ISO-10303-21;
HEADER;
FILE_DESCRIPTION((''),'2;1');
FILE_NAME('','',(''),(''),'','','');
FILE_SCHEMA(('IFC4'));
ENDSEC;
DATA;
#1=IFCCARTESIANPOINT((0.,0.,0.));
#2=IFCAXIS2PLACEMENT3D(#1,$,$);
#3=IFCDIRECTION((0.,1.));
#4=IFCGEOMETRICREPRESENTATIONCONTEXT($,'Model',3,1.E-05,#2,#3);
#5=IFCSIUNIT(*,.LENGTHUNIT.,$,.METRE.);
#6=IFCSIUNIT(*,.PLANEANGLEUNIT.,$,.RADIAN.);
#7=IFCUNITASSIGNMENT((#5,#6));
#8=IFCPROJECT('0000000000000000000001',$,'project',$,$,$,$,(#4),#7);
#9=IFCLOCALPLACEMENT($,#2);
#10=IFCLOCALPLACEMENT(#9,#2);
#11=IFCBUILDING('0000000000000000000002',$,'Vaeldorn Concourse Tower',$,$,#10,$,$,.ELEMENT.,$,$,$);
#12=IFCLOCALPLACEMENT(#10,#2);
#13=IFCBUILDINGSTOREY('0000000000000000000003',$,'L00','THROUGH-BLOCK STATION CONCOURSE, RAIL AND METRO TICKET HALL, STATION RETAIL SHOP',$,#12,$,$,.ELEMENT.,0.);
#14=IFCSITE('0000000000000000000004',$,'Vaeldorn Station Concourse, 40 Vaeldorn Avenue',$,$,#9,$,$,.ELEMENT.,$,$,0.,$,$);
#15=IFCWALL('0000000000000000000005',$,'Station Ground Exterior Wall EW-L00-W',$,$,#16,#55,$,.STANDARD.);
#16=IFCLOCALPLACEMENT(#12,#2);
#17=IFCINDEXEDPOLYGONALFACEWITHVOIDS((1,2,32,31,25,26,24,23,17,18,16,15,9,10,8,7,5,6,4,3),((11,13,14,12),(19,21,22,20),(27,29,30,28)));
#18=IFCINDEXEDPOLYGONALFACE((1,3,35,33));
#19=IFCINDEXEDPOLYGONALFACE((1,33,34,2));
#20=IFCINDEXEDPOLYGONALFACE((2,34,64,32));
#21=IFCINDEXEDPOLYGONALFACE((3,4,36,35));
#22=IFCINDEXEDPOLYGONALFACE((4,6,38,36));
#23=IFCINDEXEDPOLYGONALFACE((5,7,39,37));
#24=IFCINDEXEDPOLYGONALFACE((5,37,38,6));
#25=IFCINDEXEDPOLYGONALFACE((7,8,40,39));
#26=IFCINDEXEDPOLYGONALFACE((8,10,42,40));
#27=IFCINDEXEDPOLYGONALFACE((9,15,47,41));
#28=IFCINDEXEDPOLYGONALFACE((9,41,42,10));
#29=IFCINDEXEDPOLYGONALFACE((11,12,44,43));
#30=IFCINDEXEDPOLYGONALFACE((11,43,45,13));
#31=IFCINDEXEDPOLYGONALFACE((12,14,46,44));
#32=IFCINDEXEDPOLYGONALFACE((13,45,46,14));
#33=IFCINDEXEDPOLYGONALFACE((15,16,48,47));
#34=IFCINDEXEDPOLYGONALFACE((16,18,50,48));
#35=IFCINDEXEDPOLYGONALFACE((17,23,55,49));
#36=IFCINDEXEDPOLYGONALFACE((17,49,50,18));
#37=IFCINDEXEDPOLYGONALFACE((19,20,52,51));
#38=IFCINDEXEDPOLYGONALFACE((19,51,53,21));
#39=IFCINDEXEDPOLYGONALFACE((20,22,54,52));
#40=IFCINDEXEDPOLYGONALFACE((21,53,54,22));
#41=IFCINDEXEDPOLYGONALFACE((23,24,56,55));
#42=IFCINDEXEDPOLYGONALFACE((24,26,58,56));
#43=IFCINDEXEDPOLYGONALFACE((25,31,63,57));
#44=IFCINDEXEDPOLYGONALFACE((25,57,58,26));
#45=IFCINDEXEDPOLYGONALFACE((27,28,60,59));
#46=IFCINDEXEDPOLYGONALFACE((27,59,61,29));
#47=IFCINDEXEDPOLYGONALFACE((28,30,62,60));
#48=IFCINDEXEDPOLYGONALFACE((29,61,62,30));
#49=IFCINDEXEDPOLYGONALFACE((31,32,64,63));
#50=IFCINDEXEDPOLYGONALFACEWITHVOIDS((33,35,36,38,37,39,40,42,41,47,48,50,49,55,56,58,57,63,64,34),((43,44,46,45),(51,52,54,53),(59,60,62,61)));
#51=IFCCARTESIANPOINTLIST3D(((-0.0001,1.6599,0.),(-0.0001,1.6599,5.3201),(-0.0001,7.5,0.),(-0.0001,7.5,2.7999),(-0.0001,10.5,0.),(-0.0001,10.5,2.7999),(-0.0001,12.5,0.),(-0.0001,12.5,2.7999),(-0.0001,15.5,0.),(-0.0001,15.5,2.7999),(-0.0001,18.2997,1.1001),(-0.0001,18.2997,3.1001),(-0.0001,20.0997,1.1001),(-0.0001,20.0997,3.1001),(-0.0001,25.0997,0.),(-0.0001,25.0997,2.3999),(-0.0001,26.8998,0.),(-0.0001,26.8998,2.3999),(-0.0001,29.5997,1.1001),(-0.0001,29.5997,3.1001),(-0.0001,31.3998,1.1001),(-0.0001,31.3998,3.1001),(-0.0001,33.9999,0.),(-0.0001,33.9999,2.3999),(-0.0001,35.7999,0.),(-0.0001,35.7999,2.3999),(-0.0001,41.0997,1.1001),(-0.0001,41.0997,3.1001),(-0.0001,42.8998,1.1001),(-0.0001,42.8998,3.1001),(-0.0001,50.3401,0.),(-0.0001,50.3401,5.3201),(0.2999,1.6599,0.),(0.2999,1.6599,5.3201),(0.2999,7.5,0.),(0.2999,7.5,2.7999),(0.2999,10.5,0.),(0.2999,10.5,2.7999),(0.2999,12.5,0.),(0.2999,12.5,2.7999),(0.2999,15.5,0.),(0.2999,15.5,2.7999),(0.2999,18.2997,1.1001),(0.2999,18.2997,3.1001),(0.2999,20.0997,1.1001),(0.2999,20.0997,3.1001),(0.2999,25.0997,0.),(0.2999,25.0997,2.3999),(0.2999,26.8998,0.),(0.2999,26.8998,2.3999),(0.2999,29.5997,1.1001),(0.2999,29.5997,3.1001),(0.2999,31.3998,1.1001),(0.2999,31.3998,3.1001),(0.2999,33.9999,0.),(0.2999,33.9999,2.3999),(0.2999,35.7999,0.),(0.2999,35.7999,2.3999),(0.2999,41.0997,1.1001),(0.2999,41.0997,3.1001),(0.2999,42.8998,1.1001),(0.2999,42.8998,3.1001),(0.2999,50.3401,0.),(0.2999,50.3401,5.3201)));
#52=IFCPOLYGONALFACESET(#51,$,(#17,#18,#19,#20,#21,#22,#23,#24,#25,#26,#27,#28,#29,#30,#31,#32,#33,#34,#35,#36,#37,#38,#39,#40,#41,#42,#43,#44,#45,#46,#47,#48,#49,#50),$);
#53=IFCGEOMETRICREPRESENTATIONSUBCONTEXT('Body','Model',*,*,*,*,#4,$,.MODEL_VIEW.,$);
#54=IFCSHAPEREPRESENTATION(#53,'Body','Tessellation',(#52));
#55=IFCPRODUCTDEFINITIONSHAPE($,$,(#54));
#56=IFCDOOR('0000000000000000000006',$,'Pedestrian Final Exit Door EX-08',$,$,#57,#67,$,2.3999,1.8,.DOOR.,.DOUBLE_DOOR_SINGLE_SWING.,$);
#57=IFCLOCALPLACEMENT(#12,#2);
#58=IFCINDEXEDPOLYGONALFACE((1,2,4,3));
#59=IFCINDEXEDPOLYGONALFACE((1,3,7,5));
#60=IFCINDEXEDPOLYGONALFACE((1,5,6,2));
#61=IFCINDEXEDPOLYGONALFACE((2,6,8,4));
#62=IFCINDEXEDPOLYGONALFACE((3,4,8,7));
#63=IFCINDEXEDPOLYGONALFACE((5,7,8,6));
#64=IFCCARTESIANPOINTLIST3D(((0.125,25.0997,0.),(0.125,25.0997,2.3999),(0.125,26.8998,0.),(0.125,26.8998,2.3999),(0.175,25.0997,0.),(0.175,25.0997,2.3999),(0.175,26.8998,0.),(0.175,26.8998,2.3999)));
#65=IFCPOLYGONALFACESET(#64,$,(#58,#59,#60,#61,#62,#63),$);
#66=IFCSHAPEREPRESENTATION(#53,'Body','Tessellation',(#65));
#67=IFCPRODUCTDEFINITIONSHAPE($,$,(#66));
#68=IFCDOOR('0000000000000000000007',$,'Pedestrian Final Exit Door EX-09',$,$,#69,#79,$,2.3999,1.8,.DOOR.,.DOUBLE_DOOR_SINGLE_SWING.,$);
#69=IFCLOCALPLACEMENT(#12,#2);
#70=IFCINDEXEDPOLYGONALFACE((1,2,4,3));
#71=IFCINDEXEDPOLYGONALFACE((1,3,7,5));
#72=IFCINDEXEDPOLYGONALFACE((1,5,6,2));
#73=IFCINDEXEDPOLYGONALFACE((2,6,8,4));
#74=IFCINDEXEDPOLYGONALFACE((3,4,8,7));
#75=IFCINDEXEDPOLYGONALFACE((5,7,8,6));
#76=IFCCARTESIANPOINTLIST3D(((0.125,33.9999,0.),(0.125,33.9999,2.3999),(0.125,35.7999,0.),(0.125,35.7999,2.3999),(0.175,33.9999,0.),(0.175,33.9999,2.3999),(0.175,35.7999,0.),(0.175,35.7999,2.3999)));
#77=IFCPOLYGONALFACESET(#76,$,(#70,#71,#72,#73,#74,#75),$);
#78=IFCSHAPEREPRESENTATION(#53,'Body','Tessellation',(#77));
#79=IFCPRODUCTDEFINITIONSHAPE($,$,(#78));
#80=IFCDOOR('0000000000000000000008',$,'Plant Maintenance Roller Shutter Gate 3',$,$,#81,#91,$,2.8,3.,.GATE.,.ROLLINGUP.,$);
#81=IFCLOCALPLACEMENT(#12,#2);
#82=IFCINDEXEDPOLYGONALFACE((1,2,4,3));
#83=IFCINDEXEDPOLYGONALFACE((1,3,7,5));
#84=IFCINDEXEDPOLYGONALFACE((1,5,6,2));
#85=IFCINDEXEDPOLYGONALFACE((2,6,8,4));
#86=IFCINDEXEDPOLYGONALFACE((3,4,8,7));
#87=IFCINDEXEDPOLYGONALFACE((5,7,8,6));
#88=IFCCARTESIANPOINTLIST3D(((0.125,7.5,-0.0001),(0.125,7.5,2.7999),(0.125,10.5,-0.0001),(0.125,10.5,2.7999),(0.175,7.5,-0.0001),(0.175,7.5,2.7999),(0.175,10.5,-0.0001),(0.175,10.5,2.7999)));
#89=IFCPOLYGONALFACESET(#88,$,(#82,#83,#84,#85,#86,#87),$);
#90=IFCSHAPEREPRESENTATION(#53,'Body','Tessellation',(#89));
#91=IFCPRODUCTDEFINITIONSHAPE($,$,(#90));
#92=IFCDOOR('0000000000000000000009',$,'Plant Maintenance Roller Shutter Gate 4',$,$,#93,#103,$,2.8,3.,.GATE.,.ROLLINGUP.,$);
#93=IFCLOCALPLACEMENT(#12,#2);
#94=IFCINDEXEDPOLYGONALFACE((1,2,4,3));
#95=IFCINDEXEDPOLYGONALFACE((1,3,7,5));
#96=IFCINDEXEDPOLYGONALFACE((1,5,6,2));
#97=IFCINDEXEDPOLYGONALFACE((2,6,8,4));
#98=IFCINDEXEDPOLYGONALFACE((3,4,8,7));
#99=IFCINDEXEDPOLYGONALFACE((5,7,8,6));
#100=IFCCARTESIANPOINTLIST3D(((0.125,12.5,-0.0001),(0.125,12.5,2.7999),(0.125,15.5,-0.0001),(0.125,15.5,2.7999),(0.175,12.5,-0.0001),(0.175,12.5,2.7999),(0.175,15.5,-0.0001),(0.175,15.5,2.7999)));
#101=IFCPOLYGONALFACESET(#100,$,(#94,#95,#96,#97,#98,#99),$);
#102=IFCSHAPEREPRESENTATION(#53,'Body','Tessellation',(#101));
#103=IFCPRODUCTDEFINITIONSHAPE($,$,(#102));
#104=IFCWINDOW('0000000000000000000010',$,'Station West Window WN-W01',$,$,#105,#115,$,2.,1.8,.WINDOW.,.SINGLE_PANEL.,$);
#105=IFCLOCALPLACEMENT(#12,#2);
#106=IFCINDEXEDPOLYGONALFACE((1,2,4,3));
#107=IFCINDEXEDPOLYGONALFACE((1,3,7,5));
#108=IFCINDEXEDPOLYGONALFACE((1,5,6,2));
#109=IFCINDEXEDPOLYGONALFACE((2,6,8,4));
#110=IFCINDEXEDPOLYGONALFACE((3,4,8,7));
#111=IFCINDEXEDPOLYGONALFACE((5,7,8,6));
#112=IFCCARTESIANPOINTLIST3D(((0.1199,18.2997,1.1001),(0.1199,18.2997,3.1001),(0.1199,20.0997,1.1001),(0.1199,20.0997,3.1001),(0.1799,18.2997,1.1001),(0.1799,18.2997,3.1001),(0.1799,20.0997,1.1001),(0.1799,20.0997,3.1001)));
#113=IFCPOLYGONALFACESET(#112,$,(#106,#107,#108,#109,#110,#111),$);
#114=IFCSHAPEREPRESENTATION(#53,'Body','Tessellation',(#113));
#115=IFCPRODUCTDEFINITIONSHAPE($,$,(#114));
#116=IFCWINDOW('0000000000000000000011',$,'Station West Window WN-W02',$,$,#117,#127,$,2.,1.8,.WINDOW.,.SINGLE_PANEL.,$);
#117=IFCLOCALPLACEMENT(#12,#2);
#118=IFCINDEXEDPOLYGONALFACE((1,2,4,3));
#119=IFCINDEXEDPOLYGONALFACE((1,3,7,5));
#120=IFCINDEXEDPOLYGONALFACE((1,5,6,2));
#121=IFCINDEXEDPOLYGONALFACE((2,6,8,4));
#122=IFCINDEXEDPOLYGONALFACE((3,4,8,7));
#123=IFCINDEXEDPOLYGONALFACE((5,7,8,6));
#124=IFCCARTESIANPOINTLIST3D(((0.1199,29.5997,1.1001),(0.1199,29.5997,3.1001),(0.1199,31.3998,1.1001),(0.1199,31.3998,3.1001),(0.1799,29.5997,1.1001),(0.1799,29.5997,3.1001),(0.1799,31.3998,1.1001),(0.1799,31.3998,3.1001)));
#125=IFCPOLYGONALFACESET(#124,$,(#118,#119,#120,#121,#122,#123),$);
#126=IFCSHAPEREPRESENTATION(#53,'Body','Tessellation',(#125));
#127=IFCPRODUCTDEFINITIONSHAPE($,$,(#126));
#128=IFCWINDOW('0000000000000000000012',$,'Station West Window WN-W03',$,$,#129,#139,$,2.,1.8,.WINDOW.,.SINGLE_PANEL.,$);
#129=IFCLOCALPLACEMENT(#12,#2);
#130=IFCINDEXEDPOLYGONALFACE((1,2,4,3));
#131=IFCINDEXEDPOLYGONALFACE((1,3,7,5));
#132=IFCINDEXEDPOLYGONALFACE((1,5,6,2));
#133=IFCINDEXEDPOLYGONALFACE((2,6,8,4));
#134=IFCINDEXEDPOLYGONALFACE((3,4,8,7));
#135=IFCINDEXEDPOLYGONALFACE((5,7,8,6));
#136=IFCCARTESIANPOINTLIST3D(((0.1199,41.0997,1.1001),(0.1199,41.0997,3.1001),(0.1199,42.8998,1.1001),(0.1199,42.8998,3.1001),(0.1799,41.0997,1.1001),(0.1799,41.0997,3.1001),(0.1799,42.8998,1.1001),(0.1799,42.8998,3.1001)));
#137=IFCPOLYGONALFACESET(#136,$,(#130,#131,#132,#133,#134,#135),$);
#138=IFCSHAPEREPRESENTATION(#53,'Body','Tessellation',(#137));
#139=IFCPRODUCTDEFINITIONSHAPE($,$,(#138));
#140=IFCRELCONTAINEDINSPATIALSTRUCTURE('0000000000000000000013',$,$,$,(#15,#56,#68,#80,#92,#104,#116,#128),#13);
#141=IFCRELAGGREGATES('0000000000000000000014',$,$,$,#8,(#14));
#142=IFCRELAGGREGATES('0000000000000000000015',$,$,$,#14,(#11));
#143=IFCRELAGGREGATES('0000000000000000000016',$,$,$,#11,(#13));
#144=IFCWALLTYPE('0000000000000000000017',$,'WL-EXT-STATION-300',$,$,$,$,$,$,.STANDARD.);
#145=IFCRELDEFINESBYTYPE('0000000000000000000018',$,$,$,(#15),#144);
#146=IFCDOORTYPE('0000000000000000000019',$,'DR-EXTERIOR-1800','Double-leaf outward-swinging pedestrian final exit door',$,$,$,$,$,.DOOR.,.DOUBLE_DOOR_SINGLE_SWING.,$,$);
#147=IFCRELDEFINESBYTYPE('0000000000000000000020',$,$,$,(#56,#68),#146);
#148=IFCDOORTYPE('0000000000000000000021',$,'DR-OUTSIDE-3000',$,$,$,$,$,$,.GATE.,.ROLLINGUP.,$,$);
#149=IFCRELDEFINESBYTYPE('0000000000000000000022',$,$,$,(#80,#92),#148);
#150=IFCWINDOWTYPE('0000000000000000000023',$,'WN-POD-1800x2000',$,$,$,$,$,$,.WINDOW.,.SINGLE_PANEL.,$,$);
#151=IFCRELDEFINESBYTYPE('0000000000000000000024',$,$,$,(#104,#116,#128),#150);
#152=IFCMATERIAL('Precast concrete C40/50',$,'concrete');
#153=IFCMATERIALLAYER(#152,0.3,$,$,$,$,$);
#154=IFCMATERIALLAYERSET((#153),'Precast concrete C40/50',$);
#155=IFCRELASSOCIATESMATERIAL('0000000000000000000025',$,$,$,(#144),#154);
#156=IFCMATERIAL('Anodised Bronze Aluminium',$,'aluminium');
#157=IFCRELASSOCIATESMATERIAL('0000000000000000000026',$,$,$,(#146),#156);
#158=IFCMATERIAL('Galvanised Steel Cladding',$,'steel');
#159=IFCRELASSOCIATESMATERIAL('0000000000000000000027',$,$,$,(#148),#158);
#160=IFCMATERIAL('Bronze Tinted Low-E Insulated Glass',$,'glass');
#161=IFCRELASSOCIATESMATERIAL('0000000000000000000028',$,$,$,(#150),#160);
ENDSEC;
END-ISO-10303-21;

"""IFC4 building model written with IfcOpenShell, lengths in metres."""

from ifc_helpers import new_model, si_unit, direction, frame, frame_2d, origin, place, context, subcontext, project, spatial, rectangle, extrude, source, transform, mapped, material, layer, layer_set, type_object, element, fill, save


model = new_model("IFC4")

# Units and contexts
model_context = context("Model", 3, precision=1e-05, world=origin(), true_north=direction((0.0, 1.0)))
body_context = subcontext(model_context, "Body", "Model", "MODEL_VIEW")
ifc_project = project(units=[si_unit("LENGTHUNIT", "METRE"), si_unit("PLANEANGLEUNIT", "RADIAN")], contexts=[model_context])

# Site, building, storey
site_placement = place(None, origin())
site = spatial("IfcSite", under=ifc_project, at=site_placement, Name="Vaeldorn Station Concourse, 40 Vaeldorn Avenue", CompositionType="ELEMENT", RefElevation=0.0)
building_placement = place(site_placement, origin())
building = spatial("IfcBuilding", under=site, at=building_placement, Name="Vaeldorn Concourse Tower", CompositionType="ELEMENT")
storey_placement = place(building_placement, origin())
storey = spatial("IfcBuildingStorey", under=building, at=storey_placement, Name="L00", Description="THROUGH-BLOCK STATION CONCOURSE, RAIL AND METRO TICKET HALL, STATION RETAIL SHOP", CompositionType="ELEMENT", Elevation=0.0)

# Shared definitions
ifc_material_1 = material(Name="Precast concrete C40/50", Category="concrete")
ifc_layer_1 = layer(ifc_material_1, 0.3)
ifc_layer_set_1 = layer_set([ifc_layer_1], Name="Precast concrete C40/50")
wall_type_1 = type_object("IfcWallType", Name="WL-EXT-STATION-300", PredefinedType="STANDARD", material=ifc_layer_set_1)

# Wall, openings, doors, windows
wall_1_placement = place(storey_placement, frame((0.1499, 1.6599, 0.0), z_axis=(0.0, 0.0, 1.0), x_axis=(0.0, 1.0, 0.0)))
wall_1 = element("IfcWall", 1, at=wall_1_placement, inside=storey, type_object=wall_type_1, Name="Station Ground Exterior Wall EW-L00-W", PredefinedType="STANDARD", context=body_context, shape_type="SweptSolid", body=[
    extrude(rectangle(XDim=48.6802, YDim=0.3, at=frame_2d((24.3401, 0.0))), origin(), (0.0, 0.0, 1.0), 5.3201),
])
opening_1_placement = place(wall_1_placement, frame((23.4399, 0.0, 0.0)))
opening_1 = element("IfcOpeningElement", 2, at=opening_1_placement, cuts=wall_1, PredefinedType="OPENING", context=body_context, shape_type="SweptSolid", body=[
    extrude(rectangle(XDim=1.8, YDim=2.3999, at=frame_2d((0.8999, 1.2))), frame((0.0, 0.1602, 0.0), z_axis=(0.0, -1.0, 0.0), x_axis=(1.0, 0.0, 0.0)), (0.0, 0.0, 1.0), 0.3201),
])
opening_2_placement = place(wall_1_placement, frame((32.3401, 0.0, 0.0)))
opening_2 = element("IfcOpeningElement", 3, at=opening_2_placement, cuts=wall_1, PredefinedType="OPENING", context=body_context, shape_type="SweptSolid", body=[
    extrude(rectangle(XDim=1.8, YDim=2.3999, at=frame_2d((0.8999, 1.2))), frame((0.0, 0.1602, 0.0), z_axis=(0.0, -1.0, 0.0), x_axis=(1.0, 0.0, 0.0)), (0.0, 0.0, 1.0), 0.3201),
])
opening_3_placement = place(wall_1_placement, frame((5.8401, 0.0, 0.0)))
opening_3 = element("IfcOpeningElement", 4, at=opening_3_placement, cuts=wall_1, PredefinedType="OPENING", context=body_context, shape_type="SweptSolid", body=[
    extrude(rectangle(XDim=3.0, YDim=2.8, at=frame_2d((1.5, 1.3999))), frame((0.0, 0.1602, 0.0), z_axis=(0.0, -1.0, 0.0), x_axis=(1.0, 0.0, 0.0)), (0.0, 0.0, 1.0), 0.3201),
])
opening_4_placement = place(wall_1_placement, frame((10.8401, 0.0, 0.0)))
opening_4 = element("IfcOpeningElement", 5, at=opening_4_placement, cuts=wall_1, PredefinedType="OPENING", context=body_context, shape_type="SweptSolid", body=[
    extrude(rectangle(XDim=3.0, YDim=2.8, at=frame_2d((1.5, 1.3999))), frame((0.0, 0.1602, 0.0), z_axis=(0.0, -1.0, 0.0), x_axis=(1.0, 0.0, 0.0)), (0.0, 0.0, 1.0), 0.3201),
])
opening_5_placement = place(wall_1_placement, frame((16.6399, 0.0, 1.1001)))
opening_5 = element("IfcOpeningElement", 6, at=opening_5_placement, cuts=wall_1, PredefinedType="OPENING", context=body_context, shape_type="SweptSolid", body=[
    extrude(rectangle(XDim=1.8, YDim=2.0, at=frame_2d((0.8999, 1.0))), frame((0.0, 0.1602, 0.0), z_axis=(0.0, -1.0, 0.0), x_axis=(1.0, 0.0, 0.0)), (0.0, 0.0, 1.0), 0.3201),
])
opening_6_placement = place(wall_1_placement, frame((27.9399, 0.0, 1.1001)))
opening_6 = element("IfcOpeningElement", 7, at=opening_6_placement, cuts=wall_1, PredefinedType="OPENING", context=body_context, shape_type="SweptSolid", body=[
    extrude(rectangle(XDim=1.8, YDim=2.0, at=frame_2d((0.8999, 1.0))), frame((0.0, 0.1602, 0.0), z_axis=(0.0, -1.0, 0.0), x_axis=(1.0, 0.0, 0.0)), (0.0, 0.0, 1.0), 0.3201),
])
opening_7_placement = place(wall_1_placement, frame((39.4399, 0.0, 1.1001)))
opening_7 = element("IfcOpeningElement", 8, at=opening_7_placement, cuts=wall_1, PredefinedType="OPENING", context=body_context, shape_type="SweptSolid", body=[
    extrude(rectangle(XDim=1.8, YDim=2.0, at=frame_2d((0.8999, 1.0))), frame((0.0, 0.1602, 0.0), z_axis=(0.0, -1.0, 0.0), x_axis=(1.0, 0.0, 0.0)), (0.0, 0.0, 1.0), 0.3201),
])
ifc_material_2 = material(Name="Anodised Bronze Aluminium", Category="aluminium")
door_type_1 = type_object("IfcDoorType", Name="DR-EXTERIOR-1800", Description="Double-leaf outward-swinging pedestrian final exit door", OperationType="DOUBLE_DOOR_SINGLE_SWING", PredefinedType="DOOR", material=ifc_material_2)
shared_shape_1 = source(origin(), body_context, "Body", "SweptSolid", [
    extrude(rectangle(XDim=1.8, YDim=2.3999, at=frame_2d((0.8999, 1.2))), frame((0.0, 0.0249, 0.0), z_axis=(0.0, -1.0, 0.0), x_axis=(1.0, 0.0, 0.0)), (0.0, 0.0, 1.0), 0.05),
])
door_1_placement = place(opening_1_placement, origin())
door_1 = element("IfcDoor", 9, at=door_1_placement, inside=storey, type_object=door_type_1, Name="Pedestrian Final Exit Door EX-08", OperationType="DOUBLE_DOOR_SINGLE_SWING", OverallHeight=2.3999, OverallWidth=1.8, PredefinedType="DOOR", context=body_context, shape_type="MappedRepresentation", body=[
    mapped(shared_shape_1, transform((0.0, 0.0, 0.0), scale=1.0)),
])
fill(opening_1, door_1)
door_2_placement = place(opening_2_placement, origin())
door_2 = element("IfcDoor", 10, at=door_2_placement, inside=storey, type_object=door_type_1, Name="Pedestrian Final Exit Door EX-09", OperationType="DOUBLE_DOOR_SINGLE_SWING", OverallHeight=2.3999, OverallWidth=1.8, PredefinedType="DOOR", context=body_context, shape_type="MappedRepresentation", body=[
    mapped(shared_shape_1, transform((0.0, 0.0, 0.0), scale=1.0)),
])
fill(opening_2, door_2)
ifc_material_3 = material(Name="Galvanised Steel Cladding", Category="steel")
door_type_2 = type_object("IfcDoorType", Name="DR-OUTSIDE-3000", OperationType="ROLLINGUP", PredefinedType="GATE", material=ifc_material_3)
shared_shape_2 = source(origin(), body_context, "Body", "SweptSolid", [
    extrude(rectangle(XDim=3.0, YDim=2.8, at=frame_2d((1.5, 1.3999))), frame((0.0, 0.0249, 0.0), z_axis=(0.0, -1.0, 0.0), x_axis=(1.0, 0.0, 0.0)), (0.0, 0.0, 1.0), 0.05),
])
door_3_placement = place(opening_3_placement, origin())
door_3 = element("IfcDoor", 11, at=door_3_placement, inside=storey, type_object=door_type_2, Name="Plant Maintenance Roller Shutter Gate 3", OperationType="ROLLINGUP", OverallHeight=2.8, OverallWidth=3.0, PredefinedType="GATE", context=body_context, shape_type="MappedRepresentation", body=[
    mapped(shared_shape_2, transform((0.0, 0.0, 0.0), scale=1.0)),
])
fill(opening_3, door_3)
door_4_placement = place(opening_4_placement, origin())
door_4 = element("IfcDoor", 12, at=door_4_placement, inside=storey, type_object=door_type_2, Name="Plant Maintenance Roller Shutter Gate 4", OperationType="ROLLINGUP", OverallHeight=2.8, OverallWidth=3.0, PredefinedType="GATE", context=body_context, shape_type="MappedRepresentation", body=[
    mapped(shared_shape_2, transform((0.0, 0.0, 0.0), scale=1.0)),
])
fill(opening_4, door_4)
ifc_material_4 = material(Name="Bronze Tinted Low-E Insulated Glass", Category="glass")
window_type = type_object("IfcWindowType", Name="WN-POD-1800x2000", PartitioningType="SINGLE_PANEL", PredefinedType="WINDOW", material=ifc_material_4)
shared_shape_3 = source(origin(), body_context, "Body", "SweptSolid", [
    extrude(rectangle(XDim=1.8, YDim=2.0, at=frame_2d((0.8999, 1.0))), frame((0.0, 0.03, 0.0), z_axis=(0.0, -1.0, 0.0), x_axis=(1.0, 0.0, 0.0)), (0.0, 0.0, 1.0), 0.0601),
])
window_1_placement = place(opening_5_placement, origin())
window_1 = element("IfcWindow", 13, at=window_1_placement, inside=storey, type_object=window_type, Name="Station West Window WN-W01", OverallHeight=2.0, OverallWidth=1.8, PartitioningType="SINGLE_PANEL", PredefinedType="WINDOW", context=body_context, shape_type="MappedRepresentation", body=[
    mapped(shared_shape_3, transform((0.0, 0.0, 0.0), scale=1.0)),
])
fill(opening_5, window_1)
window_2_placement = place(opening_6_placement, origin())
window_2 = element("IfcWindow", 14, at=window_2_placement, inside=storey, type_object=window_type, Name="Station West Window WN-W02", OverallHeight=2.0, OverallWidth=1.8, PartitioningType="SINGLE_PANEL", PredefinedType="WINDOW", context=body_context, shape_type="MappedRepresentation", body=[
    mapped(shared_shape_3, transform((0.0, 0.0, 0.0), scale=1.0)),
])
fill(opening_6, window_2)
window_3_placement = place(opening_7_placement, origin())
window_3 = element("IfcWindow", 15, at=window_3_placement, inside=storey, type_object=window_type, Name="Station West Window WN-W03", OverallHeight=2.0, OverallWidth=1.8, PartitioningType="SINGLE_PANEL", PredefinedType="WINDOW", context=body_context, shape_type="MappedRepresentation", body=[
    mapped(shared_shape_3, transform((0.0, 0.0, 0.0), scale=1.0)),
])
fill(opening_7, window_3)

save(model, "model.ifc")
